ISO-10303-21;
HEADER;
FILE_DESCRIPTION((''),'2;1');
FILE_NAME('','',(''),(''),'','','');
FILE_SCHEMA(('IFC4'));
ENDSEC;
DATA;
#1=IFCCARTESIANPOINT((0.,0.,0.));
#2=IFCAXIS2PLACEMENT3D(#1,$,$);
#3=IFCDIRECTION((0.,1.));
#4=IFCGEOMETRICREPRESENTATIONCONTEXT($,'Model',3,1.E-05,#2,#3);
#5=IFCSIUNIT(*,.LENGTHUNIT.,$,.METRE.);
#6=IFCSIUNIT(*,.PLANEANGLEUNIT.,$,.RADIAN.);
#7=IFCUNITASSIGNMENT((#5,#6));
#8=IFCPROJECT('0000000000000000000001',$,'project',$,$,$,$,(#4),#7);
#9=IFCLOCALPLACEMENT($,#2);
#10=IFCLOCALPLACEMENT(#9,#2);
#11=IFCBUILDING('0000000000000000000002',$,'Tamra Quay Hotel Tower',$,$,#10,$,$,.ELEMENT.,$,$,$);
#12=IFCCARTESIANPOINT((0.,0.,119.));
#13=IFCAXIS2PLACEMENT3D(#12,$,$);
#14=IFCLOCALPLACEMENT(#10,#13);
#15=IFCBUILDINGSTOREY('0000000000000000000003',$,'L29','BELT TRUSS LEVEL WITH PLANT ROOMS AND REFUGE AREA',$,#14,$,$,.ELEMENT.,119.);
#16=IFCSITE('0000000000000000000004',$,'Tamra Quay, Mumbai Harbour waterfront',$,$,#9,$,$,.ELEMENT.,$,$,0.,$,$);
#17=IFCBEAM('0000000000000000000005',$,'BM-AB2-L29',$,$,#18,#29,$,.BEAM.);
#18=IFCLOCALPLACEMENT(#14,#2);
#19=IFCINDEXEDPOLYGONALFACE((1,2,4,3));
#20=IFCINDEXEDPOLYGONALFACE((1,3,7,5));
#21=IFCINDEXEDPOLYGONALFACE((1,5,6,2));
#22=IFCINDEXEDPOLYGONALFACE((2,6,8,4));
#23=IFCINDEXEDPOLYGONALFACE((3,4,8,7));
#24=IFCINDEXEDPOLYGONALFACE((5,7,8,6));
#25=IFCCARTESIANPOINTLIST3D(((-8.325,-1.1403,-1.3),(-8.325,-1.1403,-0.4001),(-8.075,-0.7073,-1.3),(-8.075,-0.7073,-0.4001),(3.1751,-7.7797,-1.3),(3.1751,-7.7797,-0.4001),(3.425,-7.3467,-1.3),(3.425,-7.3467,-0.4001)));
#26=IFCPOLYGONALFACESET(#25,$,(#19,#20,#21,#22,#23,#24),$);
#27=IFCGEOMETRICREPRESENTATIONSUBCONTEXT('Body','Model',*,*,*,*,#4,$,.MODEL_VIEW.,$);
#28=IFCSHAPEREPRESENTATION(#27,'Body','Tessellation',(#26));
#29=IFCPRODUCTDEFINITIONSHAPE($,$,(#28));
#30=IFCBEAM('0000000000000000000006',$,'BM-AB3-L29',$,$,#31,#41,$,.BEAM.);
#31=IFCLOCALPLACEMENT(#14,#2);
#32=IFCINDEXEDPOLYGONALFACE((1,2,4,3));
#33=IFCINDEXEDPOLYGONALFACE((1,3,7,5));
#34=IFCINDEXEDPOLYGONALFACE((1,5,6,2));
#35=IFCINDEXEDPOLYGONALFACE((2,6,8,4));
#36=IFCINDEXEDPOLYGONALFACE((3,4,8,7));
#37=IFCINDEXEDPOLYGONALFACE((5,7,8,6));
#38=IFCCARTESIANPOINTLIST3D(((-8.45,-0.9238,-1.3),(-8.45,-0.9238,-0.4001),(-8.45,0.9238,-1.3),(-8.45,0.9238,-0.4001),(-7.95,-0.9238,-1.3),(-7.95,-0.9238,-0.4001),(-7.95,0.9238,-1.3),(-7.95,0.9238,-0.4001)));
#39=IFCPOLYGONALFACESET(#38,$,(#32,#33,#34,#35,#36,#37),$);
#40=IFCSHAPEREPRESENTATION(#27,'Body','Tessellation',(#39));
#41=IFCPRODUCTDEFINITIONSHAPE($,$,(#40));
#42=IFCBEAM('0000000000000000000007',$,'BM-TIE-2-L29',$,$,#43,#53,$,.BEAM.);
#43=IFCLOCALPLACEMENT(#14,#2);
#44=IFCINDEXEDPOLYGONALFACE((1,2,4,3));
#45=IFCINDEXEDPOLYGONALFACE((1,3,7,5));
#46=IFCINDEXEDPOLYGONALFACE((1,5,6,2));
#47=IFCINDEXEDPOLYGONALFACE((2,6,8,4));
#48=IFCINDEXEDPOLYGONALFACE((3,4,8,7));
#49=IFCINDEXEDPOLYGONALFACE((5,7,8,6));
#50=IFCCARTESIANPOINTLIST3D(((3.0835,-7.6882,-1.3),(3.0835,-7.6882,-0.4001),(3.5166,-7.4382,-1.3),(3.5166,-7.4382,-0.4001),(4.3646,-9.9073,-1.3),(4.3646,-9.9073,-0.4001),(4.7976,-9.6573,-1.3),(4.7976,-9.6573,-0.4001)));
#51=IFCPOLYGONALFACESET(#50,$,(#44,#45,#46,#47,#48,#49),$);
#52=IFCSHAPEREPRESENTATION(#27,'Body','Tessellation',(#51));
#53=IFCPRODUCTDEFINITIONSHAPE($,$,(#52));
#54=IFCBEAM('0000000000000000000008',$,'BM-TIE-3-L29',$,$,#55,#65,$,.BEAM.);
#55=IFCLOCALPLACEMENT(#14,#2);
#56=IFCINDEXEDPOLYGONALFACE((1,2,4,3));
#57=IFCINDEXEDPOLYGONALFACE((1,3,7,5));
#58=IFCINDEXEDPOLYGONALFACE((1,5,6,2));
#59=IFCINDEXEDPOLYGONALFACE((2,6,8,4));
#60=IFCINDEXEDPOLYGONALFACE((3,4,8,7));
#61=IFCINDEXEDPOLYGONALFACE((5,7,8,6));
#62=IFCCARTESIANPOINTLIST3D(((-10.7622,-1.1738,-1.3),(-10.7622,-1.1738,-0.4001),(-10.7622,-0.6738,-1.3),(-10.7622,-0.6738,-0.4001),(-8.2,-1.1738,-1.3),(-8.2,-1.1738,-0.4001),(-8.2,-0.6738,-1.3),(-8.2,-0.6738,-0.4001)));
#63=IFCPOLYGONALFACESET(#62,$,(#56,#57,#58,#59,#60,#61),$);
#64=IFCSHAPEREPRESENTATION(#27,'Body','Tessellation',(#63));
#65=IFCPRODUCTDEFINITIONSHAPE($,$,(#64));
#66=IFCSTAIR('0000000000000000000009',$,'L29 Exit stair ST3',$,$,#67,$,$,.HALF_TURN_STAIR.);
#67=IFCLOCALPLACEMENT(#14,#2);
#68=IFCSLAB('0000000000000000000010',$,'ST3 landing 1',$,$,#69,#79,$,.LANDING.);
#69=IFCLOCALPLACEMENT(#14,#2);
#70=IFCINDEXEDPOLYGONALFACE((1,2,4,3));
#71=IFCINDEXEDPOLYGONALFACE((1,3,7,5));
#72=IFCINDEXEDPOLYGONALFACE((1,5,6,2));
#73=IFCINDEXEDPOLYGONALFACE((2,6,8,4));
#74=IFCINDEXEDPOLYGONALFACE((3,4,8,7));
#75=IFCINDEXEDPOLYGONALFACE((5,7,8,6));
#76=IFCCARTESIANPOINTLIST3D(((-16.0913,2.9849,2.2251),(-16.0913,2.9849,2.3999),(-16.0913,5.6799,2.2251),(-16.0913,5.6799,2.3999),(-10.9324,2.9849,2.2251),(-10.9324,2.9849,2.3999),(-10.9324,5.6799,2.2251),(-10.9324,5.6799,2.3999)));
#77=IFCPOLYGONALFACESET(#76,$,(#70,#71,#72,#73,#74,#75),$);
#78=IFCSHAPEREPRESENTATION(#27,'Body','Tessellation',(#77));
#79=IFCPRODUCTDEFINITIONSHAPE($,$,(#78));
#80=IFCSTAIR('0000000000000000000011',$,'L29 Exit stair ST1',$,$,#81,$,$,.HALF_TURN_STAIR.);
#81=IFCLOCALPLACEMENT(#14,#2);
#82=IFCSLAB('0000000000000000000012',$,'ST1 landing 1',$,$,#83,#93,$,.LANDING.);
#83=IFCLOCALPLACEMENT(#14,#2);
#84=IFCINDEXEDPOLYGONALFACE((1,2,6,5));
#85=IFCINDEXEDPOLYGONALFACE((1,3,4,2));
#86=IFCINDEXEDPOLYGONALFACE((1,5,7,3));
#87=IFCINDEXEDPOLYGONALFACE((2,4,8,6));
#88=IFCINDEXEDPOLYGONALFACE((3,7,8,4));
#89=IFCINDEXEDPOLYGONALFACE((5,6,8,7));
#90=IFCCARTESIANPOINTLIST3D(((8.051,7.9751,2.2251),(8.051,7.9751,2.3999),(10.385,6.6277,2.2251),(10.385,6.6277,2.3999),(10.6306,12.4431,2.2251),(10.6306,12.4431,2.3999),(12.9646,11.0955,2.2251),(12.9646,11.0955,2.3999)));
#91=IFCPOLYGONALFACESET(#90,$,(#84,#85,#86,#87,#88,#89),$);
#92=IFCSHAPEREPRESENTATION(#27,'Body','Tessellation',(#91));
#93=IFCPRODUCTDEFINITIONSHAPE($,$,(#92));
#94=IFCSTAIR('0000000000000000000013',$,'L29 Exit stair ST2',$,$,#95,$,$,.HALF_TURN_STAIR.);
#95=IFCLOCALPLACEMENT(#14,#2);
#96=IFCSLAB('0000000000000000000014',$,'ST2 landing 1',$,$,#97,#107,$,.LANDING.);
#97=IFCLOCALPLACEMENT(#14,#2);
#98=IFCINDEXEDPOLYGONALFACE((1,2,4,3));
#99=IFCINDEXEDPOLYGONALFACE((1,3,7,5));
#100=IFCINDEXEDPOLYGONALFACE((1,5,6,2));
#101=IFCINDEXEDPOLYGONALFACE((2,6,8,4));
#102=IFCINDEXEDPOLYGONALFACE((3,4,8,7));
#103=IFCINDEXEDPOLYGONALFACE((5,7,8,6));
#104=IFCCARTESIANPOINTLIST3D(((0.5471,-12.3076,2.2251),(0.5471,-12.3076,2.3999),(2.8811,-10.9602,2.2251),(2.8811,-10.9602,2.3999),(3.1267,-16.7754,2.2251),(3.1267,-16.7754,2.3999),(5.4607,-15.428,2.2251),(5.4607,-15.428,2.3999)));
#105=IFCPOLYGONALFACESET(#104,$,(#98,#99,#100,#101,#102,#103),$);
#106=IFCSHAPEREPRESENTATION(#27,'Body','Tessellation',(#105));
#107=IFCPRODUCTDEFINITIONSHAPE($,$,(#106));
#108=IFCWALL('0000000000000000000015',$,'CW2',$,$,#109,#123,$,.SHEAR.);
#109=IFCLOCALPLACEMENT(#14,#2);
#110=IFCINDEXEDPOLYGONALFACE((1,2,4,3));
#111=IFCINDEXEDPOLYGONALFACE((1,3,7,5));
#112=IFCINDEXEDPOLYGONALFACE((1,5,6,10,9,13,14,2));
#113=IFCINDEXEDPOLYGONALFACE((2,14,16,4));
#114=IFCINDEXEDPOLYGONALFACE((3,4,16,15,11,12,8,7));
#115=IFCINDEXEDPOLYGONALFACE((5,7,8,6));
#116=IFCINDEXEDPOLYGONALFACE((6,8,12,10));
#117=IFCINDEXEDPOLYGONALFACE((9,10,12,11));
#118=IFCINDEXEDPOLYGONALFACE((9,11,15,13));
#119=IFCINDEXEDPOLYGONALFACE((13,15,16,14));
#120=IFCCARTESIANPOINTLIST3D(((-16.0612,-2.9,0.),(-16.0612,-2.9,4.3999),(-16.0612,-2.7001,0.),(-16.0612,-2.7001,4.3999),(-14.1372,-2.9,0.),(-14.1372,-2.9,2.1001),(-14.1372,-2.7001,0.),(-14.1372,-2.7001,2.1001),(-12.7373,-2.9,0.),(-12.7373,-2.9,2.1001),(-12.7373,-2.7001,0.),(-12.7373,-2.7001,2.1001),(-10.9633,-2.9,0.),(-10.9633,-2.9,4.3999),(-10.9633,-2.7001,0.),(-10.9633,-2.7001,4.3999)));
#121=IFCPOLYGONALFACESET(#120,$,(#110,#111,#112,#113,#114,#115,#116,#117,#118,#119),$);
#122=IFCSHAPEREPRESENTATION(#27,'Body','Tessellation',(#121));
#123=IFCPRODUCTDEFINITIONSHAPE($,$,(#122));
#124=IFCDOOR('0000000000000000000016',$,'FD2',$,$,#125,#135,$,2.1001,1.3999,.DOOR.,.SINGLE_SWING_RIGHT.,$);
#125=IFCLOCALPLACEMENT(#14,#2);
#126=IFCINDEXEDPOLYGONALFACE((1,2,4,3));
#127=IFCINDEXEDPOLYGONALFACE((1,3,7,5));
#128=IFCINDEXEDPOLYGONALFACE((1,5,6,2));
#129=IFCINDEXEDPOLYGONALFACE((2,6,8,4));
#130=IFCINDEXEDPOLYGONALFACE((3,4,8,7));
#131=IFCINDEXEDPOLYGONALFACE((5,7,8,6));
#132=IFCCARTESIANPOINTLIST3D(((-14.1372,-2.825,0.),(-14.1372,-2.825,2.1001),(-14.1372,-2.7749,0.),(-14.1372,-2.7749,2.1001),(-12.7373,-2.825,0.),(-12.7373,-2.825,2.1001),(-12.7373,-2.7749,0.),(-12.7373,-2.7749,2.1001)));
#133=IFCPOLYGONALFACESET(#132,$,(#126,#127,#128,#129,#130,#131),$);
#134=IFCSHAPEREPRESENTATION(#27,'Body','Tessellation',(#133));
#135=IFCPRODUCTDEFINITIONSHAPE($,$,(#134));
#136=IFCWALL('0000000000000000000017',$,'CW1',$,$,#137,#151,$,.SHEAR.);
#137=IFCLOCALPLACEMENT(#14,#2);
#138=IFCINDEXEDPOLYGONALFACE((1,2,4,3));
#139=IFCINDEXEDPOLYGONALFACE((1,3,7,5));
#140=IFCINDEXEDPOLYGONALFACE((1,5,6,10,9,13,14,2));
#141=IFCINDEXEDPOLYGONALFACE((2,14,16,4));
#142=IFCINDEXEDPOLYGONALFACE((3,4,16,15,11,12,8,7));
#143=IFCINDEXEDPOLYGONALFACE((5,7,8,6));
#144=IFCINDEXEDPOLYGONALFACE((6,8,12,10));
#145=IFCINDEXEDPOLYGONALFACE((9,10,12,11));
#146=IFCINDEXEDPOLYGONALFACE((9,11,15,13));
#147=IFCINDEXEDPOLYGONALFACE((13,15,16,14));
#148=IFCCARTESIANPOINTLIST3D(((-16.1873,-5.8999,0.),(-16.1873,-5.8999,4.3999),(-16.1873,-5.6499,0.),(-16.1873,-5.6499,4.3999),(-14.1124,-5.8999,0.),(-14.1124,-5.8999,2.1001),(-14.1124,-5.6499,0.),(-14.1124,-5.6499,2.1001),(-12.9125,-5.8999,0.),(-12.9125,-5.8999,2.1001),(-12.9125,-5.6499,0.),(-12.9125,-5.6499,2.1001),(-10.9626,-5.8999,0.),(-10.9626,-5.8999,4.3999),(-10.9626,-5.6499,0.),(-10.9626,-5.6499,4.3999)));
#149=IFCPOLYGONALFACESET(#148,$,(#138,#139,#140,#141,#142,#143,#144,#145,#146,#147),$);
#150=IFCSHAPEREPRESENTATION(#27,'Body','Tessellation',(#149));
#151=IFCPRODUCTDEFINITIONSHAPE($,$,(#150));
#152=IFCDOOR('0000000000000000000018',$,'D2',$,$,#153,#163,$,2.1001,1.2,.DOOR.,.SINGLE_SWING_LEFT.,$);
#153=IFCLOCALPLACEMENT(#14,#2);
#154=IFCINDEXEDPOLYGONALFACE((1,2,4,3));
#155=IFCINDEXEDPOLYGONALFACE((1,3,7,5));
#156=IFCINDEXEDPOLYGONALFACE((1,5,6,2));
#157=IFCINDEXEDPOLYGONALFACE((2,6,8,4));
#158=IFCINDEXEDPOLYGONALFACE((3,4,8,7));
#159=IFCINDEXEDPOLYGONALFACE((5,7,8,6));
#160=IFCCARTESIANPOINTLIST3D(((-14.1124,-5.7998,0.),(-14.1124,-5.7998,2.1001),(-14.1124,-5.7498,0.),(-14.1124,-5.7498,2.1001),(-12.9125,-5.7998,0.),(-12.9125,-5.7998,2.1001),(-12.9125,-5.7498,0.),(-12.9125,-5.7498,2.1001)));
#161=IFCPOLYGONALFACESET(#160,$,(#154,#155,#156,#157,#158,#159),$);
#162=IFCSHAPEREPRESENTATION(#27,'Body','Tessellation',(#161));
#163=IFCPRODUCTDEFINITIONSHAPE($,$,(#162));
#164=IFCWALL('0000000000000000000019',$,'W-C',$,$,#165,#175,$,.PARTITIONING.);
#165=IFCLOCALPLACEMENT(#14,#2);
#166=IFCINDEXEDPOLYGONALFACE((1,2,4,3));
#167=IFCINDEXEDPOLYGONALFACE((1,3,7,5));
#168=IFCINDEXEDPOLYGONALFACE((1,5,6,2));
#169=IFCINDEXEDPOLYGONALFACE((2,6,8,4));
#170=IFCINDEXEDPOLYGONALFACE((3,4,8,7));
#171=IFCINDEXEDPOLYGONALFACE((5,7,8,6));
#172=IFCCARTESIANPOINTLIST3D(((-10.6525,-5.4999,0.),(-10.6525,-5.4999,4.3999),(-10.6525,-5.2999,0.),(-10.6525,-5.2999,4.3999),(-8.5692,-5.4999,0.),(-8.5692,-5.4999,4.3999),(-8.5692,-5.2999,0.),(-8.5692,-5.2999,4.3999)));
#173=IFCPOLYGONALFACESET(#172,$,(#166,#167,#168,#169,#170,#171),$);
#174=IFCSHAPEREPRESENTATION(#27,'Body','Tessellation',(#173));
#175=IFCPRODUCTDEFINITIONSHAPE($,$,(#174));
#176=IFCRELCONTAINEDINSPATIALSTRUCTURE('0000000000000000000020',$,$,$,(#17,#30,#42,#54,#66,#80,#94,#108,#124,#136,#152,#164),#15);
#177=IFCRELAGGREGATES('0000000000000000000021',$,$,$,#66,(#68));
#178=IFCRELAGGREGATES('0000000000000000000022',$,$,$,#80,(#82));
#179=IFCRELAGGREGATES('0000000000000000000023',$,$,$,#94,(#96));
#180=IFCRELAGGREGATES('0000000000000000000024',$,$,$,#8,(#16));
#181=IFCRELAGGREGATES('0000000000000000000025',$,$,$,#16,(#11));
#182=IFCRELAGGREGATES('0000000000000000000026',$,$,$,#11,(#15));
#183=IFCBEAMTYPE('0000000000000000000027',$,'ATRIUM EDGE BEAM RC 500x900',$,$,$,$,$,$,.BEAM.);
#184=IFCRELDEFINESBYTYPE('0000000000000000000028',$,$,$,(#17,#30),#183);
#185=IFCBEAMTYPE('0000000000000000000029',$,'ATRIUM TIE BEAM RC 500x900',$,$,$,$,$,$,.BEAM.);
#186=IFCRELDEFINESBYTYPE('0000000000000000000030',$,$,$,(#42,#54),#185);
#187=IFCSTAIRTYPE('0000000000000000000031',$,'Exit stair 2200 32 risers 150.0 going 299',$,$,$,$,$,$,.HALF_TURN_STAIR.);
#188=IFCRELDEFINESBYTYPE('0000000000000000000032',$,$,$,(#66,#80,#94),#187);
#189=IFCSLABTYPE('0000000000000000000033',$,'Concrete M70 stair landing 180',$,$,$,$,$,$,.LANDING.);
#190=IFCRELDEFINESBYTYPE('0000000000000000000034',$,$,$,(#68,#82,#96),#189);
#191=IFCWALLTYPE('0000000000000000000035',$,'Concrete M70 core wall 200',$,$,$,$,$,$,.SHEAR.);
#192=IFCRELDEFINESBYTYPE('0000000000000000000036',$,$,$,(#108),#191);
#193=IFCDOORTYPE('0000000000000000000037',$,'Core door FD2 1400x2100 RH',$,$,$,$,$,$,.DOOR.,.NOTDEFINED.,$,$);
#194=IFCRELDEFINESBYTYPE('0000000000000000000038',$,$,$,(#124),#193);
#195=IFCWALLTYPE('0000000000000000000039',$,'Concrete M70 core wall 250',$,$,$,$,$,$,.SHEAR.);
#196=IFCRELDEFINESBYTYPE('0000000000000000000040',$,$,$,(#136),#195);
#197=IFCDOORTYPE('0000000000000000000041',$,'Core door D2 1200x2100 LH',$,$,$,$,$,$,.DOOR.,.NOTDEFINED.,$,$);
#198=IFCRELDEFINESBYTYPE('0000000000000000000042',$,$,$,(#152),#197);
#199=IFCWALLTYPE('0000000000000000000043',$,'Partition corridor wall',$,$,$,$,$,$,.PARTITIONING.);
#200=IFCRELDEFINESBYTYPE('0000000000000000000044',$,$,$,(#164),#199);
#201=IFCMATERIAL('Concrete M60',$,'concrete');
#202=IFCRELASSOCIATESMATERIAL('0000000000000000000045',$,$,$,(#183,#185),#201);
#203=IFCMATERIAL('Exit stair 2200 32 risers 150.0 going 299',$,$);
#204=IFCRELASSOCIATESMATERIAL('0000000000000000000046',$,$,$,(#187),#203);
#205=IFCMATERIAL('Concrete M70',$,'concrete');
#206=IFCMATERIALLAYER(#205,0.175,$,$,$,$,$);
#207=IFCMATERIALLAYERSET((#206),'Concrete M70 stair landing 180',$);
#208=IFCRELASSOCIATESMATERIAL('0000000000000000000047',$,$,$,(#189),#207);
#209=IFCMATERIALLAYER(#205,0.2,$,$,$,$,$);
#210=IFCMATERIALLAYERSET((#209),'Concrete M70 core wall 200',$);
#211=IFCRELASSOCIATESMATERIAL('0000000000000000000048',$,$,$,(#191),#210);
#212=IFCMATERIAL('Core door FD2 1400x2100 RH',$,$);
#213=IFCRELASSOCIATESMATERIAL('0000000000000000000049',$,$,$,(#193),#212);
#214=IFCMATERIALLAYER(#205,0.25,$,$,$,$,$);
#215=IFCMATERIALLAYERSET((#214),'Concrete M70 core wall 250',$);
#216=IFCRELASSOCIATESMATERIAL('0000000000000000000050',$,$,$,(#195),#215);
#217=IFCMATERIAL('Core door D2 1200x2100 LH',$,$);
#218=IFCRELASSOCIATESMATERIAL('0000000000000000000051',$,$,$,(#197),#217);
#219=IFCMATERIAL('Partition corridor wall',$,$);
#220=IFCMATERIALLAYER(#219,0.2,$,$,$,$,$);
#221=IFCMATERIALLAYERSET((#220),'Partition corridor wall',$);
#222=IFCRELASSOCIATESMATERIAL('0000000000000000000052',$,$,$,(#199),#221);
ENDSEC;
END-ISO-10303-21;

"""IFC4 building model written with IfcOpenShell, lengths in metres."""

from ifc_helpers import new_model, si_unit, direction, frame, frame_2d, origin, origin_2d, place, context, subcontext, project, spatial, polyline, rectangle, outline, extrude, material, layer, layer_set, material_profile, profile_set, type_object, element, fill, aggregate, save


model = new_model("IFC4")

# Units and contexts
model_context = context("Model", 3, precision=1e-05, world=origin(), true_north=direction((0.0, 1.0)))
body_context = subcontext(model_context, "Body", "Model", "MODEL_VIEW")
ifc_project = project(units=[si_unit("LENGTHUNIT", "METRE"), si_unit("PLANEANGLEUNIT", "RADIAN")], contexts=[model_context])

# Site, building, storey
site_placement = place(None, origin())
site = spatial("IfcSite", under=ifc_project, at=site_placement, Name="Tamra Quay, Mumbai Harbour waterfront", CompositionType="ELEMENT", RefElevation=0.0)
building_placement = place(site_placement, origin())
building = spatial("IfcBuilding", under=site, at=building_placement, Name="Tamra Quay Hotel Tower", CompositionType="ELEMENT")
storey_placement = place(building_placement, frame((0.0, 0.0, 119.0)))
storey = spatial("IfcBuildingStorey", under=building, at=storey_placement, Name="L29", Description="BELT TRUSS LEVEL WITH PLANT ROOMS AND REFUGE AREA", CompositionType="ELEMENT", Elevation=119.0)

# Beams
ifc_material_1 = material(Name="Concrete M60", Category="concrete")
ifc_material_profile_1 = material_profile(ifc_material_1, rectangle(XDim=0.5, YDim=0.8999, at=origin_2d()), Name="ATRIUM EDGE BEAM RC 500x900")
ifc_profile_set_1 = profile_set([ifc_material_profile_1], Name="Concrete M60")
beam_type_1 = type_object("IfcBeamType", Name="ATRIUM EDGE BEAM RC 500x900", PredefinedType="BEAM", material=ifc_profile_set_1)
beam_1_placement = place(storey_placement, frame((3.3, -7.5632, -0.8501), z_axis=(-0.866029, 0.499993, 0.0), x_axis=(-0.499993, -0.866029, 0.0)))
element("IfcBeam", 1, at=beam_1_placement, inside=storey, type_object=beam_type_1, Name="BM-AB2-L29", PredefinedType="BEAM", context=body_context, shape_type="SweptSolid", body=[
    extrude(rectangle(XDim=0.5, YDim=0.8999, at=origin_2d()), origin(), (0.0, 0.0, 1.0), 13.2791),
])
beam_2_placement = place(storey_placement, frame((-8.2, -0.9238, -0.8501), z_axis=(0.0, 1.0, 0.0), x_axis=(-1.0, 0.0, 0.0)))
element("IfcBeam", 2, at=beam_2_placement, inside=storey, type_object=beam_type_1, Name="BM-AB3-L29", PredefinedType="BEAM", context=body_context, shape_type="SweptSolid", body=[
    extrude(rectangle(XDim=0.5, YDim=0.8999, at=origin_2d()), origin(), (0.0, 0.0, 1.0), 1.8477),
])
ifc_material_profile_2 = material_profile(ifc_material_1, rectangle(XDim=0.5, YDim=0.8999, at=origin_2d()), Name="ATRIUM TIE BEAM RC 500x900")
ifc_profile_set_2 = profile_set([ifc_material_profile_2], Name="Concrete M60")
beam_type_2 = type_object("IfcBeamType", Name="ATRIUM TIE BEAM RC 500x900", PredefinedType="BEAM", material=ifc_profile_set_2)
for number, where, z_axis, x_axis, name in (
    (3, (3.3, -7.5632, -0.8501), (0.499962, -0.866048, 0.0), (0.866048, 0.499962, 0.0), "BM-TIE-2-L29"),
    (4, (-8.2, -0.9238, -0.8501), (-1.0, 0.0, 0.0), (0.0, -1.0, 0.0), "BM-TIE-3-L29"),
):
    element("IfcBeam", number, at=place(storey_placement, frame(where, z_axis=z_axis, x_axis=x_axis)), inside=storey, type_object=beam_type_2, Name=name, PredefinedType="BEAM", context=body_context, shape_type="SweptSolid", body=[
        extrude(rectangle(XDim=0.5, YDim=0.8999, at=origin_2d()), origin(), (0.0, 0.0, 1.0), 2.5623),
    ])

# Stairs, slabs
ifc_material_2 = material(Name="Exit stair 2200 32 risers 150.0 going 299")
stair_type = type_object("IfcStairType", Name="Exit stair 2200 32 risers 150.0 going 299", PredefinedType="HALF_TURN_STAIR", material=ifc_material_2)
stair_1_placement = place(storey_placement, origin())
stair_1 = element("IfcStair", 5, at=stair_1_placement, inside=storey, type_object=stair_type, Name="L29 Exit stair ST3", PredefinedType="HALF_TURN_STAIR")
ifc_material_3 = material(Name="Concrete M70", Category="concrete")
ifc_layer_1 = layer(ifc_material_3, 0.175)
ifc_layer_set_1 = layer_set([ifc_layer_1], Name="Concrete M70 stair landing 180")
slab_type_1 = type_object("IfcSlabType", Name="Concrete M70 stair landing 180", PredefinedType="LANDING", material=ifc_layer_set_1)
slab_1_placement = place(storey_placement, frame((0.0, 0.0, 2.2251)))
slab_1 = element("IfcSlab", 6, at=slab_1_placement, type_object=slab_type_1, Name="ST3 landing 1", PredefinedType="LANDING", context=body_context, shape_type="SweptSolid", body=[
    extrude(outline(polyline([(-10.9324, 2.9849), (-10.9324, 5.6799), (-16.0913, 5.6799), (-16.0913, 2.9849), (-10.9324, 2.9849)])), origin(), (0.0, 0.0, 1.0), 0.1748),
])
aggregate(stair_1, [slab_1])
stair_2_placement = place(storey_placement, origin())
stair_2 = element("IfcStair", 7, at=stair_2_placement, inside=storey, type_object=stair_type, Name="L29 Exit stair ST1", PredefinedType="HALF_TURN_STAIR")
slab_2_placement = place(storey_placement, frame((0.0, 0.0, 2.2251)))
slab_2 = element("IfcSlab", 8, at=slab_2_placement, type_object=slab_type_1, Name="ST1 landing 1", PredefinedType="LANDING", context=body_context, shape_type="SweptSolid", body=[
    extrude(outline(polyline([(8.051, 7.9751), (10.385, 6.6277), (12.9646, 11.0955), (10.6306, 12.4431), (8.051, 7.9751)])), origin(), (0.0, 0.0, 1.0), 0.1748),
])
aggregate(stair_2, [slab_2])
stair_3_placement = place(storey_placement, origin())
stair_3 = element("IfcStair", 9, at=stair_3_placement, inside=storey, type_object=stair_type, Name="L29 Exit stair ST2", PredefinedType="HALF_TURN_STAIR")
slab_3_placement = place(storey_placement, frame((0.0, 0.0, 2.2251)))
slab_3 = element("IfcSlab", 10, at=slab_3_placement, type_object=slab_type_1, Name="ST2 landing 1", PredefinedType="LANDING", context=body_context, shape_type="SweptSolid", body=[
    extrude(outline(polyline([(2.8811, -10.9602), (0.5471, -12.3076), (3.1267, -16.7754), (5.4607, -15.428), (2.8811, -10.9602)])), origin(), (0.0, 0.0, 1.0), 0.1748),
])
aggregate(stair_3, [slab_3])

# Walls, openings, doors
ifc_layer_2 = layer(ifc_material_3, 0.2)
ifc_layer_set_2 = layer_set([ifc_layer_2], Name="Concrete M70 core wall 200")
wall_type_1 = type_object("IfcWallType", Name="Concrete M70 core wall 200", PredefinedType="SHEAR", material=ifc_layer_set_2)
wall_1_placement = place(storey_placement, frame((-10.9634, -2.8, 0.0), z_axis=(0.0, 0.0, 1.0), x_axis=(-1.0, 0.0, 0.0)))
wall_1 = element("IfcWall", 11, at=wall_1_placement, inside=storey, type_object=wall_type_1, Name="CW2", PredefinedType="SHEAR", context=body_context, shape_type="SweptSolid", body=[
    extrude(rectangle(XDim=5.0979, YDim=0.2, at=frame_2d((2.5488, 0.0))), origin(), (0.0, 0.0, 1.0), 4.3999),
])
opening_1_placement = place(wall_1_placement, frame((1.7739, 0.0, 0.0)))
opening_1 = element("IfcOpeningElement", 12, at=opening_1_placement, cuts=wall_1, PredefinedType="OPENING", context=body_context, shape_type="SweptSolid", body=[
    extrude(rectangle(XDim=1.3999, YDim=2.1001, at=frame_2d((0.7, 1.05))), frame((0.0, 0.1099, 0.0), z_axis=(0.0, -1.0, 0.0), x_axis=(1.0, 0.0, 0.0)), (0.0, 0.0, 1.0), 0.22),
])
ifc_material_4 = material(Name="Core door FD2 1400x2100 RH")
door_type_1 = type_object("IfcDoorType", Name="Core door FD2 1400x2100 RH", OperationType="NOTDEFINED", PredefinedType="DOOR", material=ifc_material_4)
door_1_placement = place(opening_1_placement, origin())
door_1 = element("IfcDoor", 13, at=door_1_placement, inside=storey, type_object=door_type_1, Name="FD2", OperationType="SINGLE_SWING_RIGHT", OverallHeight=2.1001, OverallWidth=1.3999, PredefinedType="DOOR", context=body_context, shape_type="SweptSolid", body=[
    extrude(rectangle(XDim=1.3999, YDim=2.1001, at=frame_2d((0.7, 1.05))), frame((0.0, 0.0249, 0.0), z_axis=(0.0, -1.0, 0.0), x_axis=(1.0, 0.0, 0.0)), (0.0, 0.0, 1.0), 0.05),
])
fill(opening_1, door_1)
ifc_layer_3 = layer(ifc_material_3, 0.25)
ifc_layer_set_3 = layer_set([ifc_layer_3], Name="Concrete M70 core wall 250")
wall_type_2 = type_object("IfcWallType", Name="Concrete M70 core wall 250", PredefinedType="SHEAR", material=ifc_layer_set_3)
wall_2_placement = place(storey_placement, frame((-10.9626, -5.7749, 0.0), z_axis=(0.0, 0.0, 1.0), x_axis=(-1.0, 0.0, 0.0)))
wall_2 = element("IfcWall", 14, at=wall_2_placement, inside=storey, type_object=wall_type_2, Name="CW1", PredefinedType="SHEAR", context=body_context, shape_type="SweptSolid", body=[
    extrude(rectangle(XDim=5.2246, YDim=0.25, at=frame_2d((2.6123, 0.0))), origin(), (0.0, 0.0, 1.0), 4.3999),
])
opening_2_placement = place(wall_2_placement, frame((1.9497, 0.0, 0.0)))
opening_2 = element("IfcOpeningElement", 15, at=opening_2_placement, cuts=wall_2, PredefinedType="OPENING", context=body_context, shape_type="SweptSolid", body=[
    extrude(rectangle(XDim=1.2, YDim=2.1001, at=frame_2d((0.6001, 1.05))), frame((0.0, 0.135, 0.0), z_axis=(0.0, -1.0, 0.0), x_axis=(1.0, 0.0, 0.0)), (0.0, 0.0, 1.0), 0.27),
])
ifc_material_5 = material(Name="Core door D2 1200x2100 LH")
door_type_2 = type_object("IfcDoorType", Name="Core door D2 1200x2100 LH", OperationType="NOTDEFINED", PredefinedType="DOOR", material=ifc_material_5)
door_2_placement = place(opening_2_placement, origin())
door_2 = element("IfcDoor", 16, at=door_2_placement, inside=storey, type_object=door_type_2, Name="D2", OperationType="SINGLE_SWING_LEFT", OverallHeight=2.1001, OverallWidth=1.2, PredefinedType="DOOR", context=body_context, shape_type="SweptSolid", body=[
    extrude(rectangle(XDim=1.2, YDim=2.1001, at=frame_2d((0.6001, 1.05))), frame((0.0, 0.0249, 0.0), z_axis=(0.0, -1.0, 0.0), x_axis=(1.0, 0.0, 0.0)), (0.0, 0.0, 1.0), 0.05),
])
fill(opening_2, door_2)

# Wall
ifc_material_6 = material(Name="Partition corridor wall")
ifc_layer_4 = layer(ifc_material_6, 0.2)
ifc_layer_set_4 = layer_set([ifc_layer_4], Name="Partition corridor wall")
wall_type_3 = type_object("IfcWallType", Name="Partition corridor wall", PredefinedType="PARTITIONING", material=ifc_layer_set_4)
wall_3_placement = place(storey_placement, frame((-10.6523, -5.3999, 0.0), z_axis=(0.0, 0.0, 1.0), x_axis=(1.0, 0.0, 0.0)))
element("IfcWall", 17, at=wall_3_placement, inside=storey, type_object=wall_type_3, Name="W-C", PredefinedType="PARTITIONING", context=body_context, shape_type="SweptSolid", body=[
    extrude(rectangle(XDim=2.0833, YDim=0.2, at=frame_2d((1.0415, 0.0))), origin(), (0.0, 0.0, 1.0), 4.3999),
])

save(model, "model.ifc")
